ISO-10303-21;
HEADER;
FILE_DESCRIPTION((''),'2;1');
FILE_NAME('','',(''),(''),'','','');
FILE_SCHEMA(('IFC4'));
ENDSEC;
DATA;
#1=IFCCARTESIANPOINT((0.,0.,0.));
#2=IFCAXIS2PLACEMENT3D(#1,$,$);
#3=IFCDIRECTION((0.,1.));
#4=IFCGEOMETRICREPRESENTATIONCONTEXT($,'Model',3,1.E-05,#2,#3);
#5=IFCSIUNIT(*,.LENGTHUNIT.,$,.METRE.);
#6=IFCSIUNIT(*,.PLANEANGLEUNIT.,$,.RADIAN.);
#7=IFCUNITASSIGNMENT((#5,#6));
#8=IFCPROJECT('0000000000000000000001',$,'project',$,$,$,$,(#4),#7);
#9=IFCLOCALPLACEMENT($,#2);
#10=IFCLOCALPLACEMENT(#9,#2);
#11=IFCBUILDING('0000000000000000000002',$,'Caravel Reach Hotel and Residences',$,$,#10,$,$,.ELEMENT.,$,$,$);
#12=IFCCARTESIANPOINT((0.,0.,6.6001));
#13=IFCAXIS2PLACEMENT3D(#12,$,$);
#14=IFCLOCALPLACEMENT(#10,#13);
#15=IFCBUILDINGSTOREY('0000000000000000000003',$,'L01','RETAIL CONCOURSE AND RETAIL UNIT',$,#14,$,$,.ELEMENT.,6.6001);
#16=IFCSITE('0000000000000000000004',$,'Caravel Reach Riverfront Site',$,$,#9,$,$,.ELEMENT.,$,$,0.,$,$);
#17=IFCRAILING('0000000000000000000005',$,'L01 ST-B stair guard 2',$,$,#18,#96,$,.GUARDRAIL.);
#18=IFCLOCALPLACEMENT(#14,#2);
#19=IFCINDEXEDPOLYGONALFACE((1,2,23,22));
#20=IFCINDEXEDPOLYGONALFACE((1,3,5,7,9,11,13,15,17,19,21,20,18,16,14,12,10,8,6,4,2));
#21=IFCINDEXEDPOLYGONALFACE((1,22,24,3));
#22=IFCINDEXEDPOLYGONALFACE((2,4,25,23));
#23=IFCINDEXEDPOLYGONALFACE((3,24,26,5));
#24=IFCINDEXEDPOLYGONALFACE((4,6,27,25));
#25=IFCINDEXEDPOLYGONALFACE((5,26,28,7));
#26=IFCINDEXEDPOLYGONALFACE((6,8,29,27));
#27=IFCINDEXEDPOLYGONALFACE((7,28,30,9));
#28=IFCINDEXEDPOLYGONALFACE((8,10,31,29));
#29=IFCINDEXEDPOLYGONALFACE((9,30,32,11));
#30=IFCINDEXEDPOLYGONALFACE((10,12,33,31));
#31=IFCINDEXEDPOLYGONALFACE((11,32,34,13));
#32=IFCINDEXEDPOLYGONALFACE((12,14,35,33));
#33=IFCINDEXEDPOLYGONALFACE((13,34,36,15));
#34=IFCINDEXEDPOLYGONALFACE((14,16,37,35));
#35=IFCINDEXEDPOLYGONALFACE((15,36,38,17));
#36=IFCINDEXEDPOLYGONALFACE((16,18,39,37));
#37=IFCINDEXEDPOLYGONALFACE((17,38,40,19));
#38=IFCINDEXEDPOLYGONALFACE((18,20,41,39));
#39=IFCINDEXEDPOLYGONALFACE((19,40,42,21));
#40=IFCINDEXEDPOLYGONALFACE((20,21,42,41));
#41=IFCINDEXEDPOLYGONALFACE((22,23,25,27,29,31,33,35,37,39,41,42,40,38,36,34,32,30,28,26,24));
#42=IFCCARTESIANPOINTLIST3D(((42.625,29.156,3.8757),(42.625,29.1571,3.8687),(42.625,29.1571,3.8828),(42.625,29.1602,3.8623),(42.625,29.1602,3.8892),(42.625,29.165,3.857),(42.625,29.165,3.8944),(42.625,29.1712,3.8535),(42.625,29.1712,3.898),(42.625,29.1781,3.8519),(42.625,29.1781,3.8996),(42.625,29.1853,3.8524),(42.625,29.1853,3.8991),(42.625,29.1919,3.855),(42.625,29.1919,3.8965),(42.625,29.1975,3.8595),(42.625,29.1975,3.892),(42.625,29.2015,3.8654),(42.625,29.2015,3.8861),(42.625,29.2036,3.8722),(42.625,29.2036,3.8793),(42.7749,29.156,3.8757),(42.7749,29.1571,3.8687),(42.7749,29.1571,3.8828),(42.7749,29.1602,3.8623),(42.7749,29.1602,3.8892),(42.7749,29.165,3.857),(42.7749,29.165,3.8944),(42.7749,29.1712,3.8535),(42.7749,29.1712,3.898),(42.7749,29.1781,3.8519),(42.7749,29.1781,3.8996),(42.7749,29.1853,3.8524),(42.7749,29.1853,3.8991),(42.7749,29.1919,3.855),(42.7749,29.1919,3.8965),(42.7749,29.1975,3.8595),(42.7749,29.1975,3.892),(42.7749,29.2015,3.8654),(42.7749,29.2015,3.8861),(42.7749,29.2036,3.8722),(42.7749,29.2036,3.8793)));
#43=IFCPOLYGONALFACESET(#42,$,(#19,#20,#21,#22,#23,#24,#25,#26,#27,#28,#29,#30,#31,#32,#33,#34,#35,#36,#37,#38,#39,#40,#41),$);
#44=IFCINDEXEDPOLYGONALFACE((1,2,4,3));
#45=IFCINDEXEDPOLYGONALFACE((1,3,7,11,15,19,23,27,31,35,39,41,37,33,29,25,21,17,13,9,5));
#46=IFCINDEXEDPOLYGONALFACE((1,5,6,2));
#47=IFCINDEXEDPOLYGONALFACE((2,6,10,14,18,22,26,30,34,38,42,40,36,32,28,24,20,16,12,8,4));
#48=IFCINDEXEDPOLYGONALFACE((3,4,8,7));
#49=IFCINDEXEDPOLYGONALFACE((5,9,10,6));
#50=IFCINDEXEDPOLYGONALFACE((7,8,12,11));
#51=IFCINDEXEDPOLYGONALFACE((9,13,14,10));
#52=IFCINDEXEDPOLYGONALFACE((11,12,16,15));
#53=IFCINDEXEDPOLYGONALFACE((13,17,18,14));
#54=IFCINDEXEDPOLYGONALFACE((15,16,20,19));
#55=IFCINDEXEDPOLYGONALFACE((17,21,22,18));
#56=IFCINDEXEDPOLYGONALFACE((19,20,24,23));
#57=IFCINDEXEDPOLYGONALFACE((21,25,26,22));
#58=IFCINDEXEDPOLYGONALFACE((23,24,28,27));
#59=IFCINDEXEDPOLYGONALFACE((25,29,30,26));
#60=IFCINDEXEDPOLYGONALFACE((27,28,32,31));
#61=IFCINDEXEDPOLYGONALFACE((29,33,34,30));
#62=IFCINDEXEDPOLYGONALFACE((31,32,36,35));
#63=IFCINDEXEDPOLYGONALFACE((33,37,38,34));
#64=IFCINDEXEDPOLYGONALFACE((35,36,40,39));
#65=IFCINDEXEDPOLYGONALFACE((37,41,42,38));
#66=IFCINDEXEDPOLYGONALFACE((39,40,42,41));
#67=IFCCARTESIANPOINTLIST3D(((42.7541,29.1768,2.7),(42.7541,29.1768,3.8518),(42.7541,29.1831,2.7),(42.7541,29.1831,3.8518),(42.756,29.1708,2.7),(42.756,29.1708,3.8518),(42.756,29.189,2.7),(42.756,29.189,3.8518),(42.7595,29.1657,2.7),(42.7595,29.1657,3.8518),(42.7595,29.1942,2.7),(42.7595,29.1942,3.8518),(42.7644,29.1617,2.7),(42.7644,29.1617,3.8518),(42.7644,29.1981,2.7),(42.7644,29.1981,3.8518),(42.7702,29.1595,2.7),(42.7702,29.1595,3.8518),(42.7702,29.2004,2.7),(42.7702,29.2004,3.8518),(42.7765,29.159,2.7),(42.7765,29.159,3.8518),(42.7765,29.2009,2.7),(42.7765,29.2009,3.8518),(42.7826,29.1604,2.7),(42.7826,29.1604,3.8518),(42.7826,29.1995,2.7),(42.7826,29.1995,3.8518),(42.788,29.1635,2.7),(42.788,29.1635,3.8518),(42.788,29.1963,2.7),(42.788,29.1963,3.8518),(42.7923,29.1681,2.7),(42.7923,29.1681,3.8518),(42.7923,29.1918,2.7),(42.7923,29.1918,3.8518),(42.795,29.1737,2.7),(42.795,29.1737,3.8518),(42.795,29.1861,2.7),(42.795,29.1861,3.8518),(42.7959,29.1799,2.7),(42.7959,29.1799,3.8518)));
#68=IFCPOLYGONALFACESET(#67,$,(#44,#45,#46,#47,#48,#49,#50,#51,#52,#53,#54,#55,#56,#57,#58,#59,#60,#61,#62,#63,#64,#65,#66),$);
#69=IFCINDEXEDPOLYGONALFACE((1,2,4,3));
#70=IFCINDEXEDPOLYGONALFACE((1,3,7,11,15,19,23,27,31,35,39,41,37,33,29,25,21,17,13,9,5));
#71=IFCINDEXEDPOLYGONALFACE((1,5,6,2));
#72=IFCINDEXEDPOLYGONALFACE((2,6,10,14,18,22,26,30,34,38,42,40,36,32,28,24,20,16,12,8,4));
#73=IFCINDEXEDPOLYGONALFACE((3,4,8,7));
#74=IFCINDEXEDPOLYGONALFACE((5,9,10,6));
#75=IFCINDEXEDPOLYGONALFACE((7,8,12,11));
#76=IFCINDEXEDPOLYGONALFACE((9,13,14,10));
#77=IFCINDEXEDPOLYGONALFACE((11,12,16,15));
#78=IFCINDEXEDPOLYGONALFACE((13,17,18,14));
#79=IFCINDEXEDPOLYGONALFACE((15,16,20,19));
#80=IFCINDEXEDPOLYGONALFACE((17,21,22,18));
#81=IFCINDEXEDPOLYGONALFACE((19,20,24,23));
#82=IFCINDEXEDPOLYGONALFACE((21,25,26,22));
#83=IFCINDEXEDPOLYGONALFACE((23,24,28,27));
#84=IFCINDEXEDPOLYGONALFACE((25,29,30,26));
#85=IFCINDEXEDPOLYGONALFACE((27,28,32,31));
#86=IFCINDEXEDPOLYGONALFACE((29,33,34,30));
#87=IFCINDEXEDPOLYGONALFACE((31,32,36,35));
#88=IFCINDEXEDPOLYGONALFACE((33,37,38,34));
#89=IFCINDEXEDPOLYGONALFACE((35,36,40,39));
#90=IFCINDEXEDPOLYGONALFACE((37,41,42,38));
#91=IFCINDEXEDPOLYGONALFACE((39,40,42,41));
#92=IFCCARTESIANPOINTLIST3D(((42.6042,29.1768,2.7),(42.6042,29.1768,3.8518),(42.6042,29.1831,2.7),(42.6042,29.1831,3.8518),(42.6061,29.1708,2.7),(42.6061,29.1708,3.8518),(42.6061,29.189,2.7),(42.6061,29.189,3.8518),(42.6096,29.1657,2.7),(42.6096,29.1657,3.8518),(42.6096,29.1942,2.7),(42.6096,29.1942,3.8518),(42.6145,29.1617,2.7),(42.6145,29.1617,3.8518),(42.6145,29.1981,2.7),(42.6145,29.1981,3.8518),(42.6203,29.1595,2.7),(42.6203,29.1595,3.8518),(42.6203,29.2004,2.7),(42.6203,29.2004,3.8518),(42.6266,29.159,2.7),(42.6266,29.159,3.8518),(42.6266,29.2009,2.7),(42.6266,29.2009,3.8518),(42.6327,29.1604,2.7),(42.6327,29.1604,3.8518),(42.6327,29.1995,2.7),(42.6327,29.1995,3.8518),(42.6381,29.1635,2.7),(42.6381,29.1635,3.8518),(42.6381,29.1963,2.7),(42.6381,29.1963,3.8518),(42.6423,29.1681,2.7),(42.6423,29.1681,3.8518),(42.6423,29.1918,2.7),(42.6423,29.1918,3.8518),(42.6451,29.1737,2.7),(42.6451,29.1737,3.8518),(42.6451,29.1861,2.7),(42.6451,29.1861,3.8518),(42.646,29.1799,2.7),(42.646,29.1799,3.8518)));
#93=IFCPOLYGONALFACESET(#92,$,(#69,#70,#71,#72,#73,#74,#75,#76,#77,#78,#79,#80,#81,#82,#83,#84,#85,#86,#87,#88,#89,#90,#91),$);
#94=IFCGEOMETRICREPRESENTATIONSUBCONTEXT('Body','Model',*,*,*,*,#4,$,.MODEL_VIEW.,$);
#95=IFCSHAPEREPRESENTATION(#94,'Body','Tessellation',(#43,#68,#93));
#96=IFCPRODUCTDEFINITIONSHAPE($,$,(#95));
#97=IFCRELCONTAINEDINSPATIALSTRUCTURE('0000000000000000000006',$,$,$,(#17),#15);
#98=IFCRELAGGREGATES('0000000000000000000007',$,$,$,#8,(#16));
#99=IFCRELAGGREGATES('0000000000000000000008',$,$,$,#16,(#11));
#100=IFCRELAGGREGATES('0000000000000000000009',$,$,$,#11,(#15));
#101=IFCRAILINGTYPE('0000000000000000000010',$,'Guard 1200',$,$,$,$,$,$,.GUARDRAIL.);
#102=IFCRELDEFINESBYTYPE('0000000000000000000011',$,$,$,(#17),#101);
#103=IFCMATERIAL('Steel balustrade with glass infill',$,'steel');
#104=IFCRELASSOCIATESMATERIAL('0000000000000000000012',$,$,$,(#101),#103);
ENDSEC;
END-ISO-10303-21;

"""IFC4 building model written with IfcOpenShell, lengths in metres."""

from ifc_helpers import new_model, si_unit, direction, frame, origin, origin_2d, place, context, subcontext, project, spatial, circle, extrude, material, type_object, element, save


model = new_model("IFC4")

# Units and contexts
model_context = context("Model", 3, precision=1e-05, world=origin(), true_north=direction((0.0, 1.0)))
body_context = subcontext(model_context, "Body", "Model", "MODEL_VIEW")
ifc_project = project(units=[si_unit("LENGTHUNIT", "METRE"), si_unit("PLANEANGLEUNIT", "RADIAN")], contexts=[model_context])

# Site, building, storey
site_placement = place(None, origin())
site = spatial("IfcSite", under=ifc_project, at=site_placement, Name="Caravel Reach Riverfront Site", CompositionType="ELEMENT", RefElevation=0.0)
building_placement = place(site_placement, origin())
building = spatial("IfcBuilding", under=site, at=building_placement, Name="Caravel Reach Hotel and Residences", CompositionType="ELEMENT")
storey_placement = place(building_placement, frame((0.0, 0.0, 6.6001)))
storey = spatial("IfcBuildingStorey", under=building, at=storey_placement, Name="L01", Description="RETAIL CONCOURSE AND RETAIL UNIT", CompositionType="ELEMENT", Elevation=6.6001)

# Railing
ifc_material_1 = material(Name="Steel balustrade with glass infill", Category="steel")
railing_type_1 = type_object("IfcRailingType", Name="Guard 1200", PredefinedType="GUARDRAIL", material=ifc_material_1)
railing_1_placement = place(storey_placement, frame((42.7749, 29.1799, 2.7)))
element("IfcRailing", 1, at=railing_1_placement, inside=storey, type_object=railing_type_1, Name="L01 ST-B stair guard 2", PredefinedType="GUARDRAIL", context=body_context, shape_type="SweptSolid", body=[
    extrude(circle(Radius=0.0239, at=origin_2d()), frame((0.0, 0.0, 1.1758), z_axis=(-1.0, 0.0, 0.0), x_axis=(0.0, -1.0, 0.0)), (0.0, 0.0, 1.0), 0.1499),
    extrude(circle(Radius=0.021, at=origin_2d()), origin(), (0.0, 0.0, 1.0), 1.1519),
    extrude(circle(Radius=0.021, at=origin_2d()), frame((-0.1499, 0.0, 0.0)), (0.0, 0.0, 1.0), 1.1519),
])

save(model, "model.ifc")
